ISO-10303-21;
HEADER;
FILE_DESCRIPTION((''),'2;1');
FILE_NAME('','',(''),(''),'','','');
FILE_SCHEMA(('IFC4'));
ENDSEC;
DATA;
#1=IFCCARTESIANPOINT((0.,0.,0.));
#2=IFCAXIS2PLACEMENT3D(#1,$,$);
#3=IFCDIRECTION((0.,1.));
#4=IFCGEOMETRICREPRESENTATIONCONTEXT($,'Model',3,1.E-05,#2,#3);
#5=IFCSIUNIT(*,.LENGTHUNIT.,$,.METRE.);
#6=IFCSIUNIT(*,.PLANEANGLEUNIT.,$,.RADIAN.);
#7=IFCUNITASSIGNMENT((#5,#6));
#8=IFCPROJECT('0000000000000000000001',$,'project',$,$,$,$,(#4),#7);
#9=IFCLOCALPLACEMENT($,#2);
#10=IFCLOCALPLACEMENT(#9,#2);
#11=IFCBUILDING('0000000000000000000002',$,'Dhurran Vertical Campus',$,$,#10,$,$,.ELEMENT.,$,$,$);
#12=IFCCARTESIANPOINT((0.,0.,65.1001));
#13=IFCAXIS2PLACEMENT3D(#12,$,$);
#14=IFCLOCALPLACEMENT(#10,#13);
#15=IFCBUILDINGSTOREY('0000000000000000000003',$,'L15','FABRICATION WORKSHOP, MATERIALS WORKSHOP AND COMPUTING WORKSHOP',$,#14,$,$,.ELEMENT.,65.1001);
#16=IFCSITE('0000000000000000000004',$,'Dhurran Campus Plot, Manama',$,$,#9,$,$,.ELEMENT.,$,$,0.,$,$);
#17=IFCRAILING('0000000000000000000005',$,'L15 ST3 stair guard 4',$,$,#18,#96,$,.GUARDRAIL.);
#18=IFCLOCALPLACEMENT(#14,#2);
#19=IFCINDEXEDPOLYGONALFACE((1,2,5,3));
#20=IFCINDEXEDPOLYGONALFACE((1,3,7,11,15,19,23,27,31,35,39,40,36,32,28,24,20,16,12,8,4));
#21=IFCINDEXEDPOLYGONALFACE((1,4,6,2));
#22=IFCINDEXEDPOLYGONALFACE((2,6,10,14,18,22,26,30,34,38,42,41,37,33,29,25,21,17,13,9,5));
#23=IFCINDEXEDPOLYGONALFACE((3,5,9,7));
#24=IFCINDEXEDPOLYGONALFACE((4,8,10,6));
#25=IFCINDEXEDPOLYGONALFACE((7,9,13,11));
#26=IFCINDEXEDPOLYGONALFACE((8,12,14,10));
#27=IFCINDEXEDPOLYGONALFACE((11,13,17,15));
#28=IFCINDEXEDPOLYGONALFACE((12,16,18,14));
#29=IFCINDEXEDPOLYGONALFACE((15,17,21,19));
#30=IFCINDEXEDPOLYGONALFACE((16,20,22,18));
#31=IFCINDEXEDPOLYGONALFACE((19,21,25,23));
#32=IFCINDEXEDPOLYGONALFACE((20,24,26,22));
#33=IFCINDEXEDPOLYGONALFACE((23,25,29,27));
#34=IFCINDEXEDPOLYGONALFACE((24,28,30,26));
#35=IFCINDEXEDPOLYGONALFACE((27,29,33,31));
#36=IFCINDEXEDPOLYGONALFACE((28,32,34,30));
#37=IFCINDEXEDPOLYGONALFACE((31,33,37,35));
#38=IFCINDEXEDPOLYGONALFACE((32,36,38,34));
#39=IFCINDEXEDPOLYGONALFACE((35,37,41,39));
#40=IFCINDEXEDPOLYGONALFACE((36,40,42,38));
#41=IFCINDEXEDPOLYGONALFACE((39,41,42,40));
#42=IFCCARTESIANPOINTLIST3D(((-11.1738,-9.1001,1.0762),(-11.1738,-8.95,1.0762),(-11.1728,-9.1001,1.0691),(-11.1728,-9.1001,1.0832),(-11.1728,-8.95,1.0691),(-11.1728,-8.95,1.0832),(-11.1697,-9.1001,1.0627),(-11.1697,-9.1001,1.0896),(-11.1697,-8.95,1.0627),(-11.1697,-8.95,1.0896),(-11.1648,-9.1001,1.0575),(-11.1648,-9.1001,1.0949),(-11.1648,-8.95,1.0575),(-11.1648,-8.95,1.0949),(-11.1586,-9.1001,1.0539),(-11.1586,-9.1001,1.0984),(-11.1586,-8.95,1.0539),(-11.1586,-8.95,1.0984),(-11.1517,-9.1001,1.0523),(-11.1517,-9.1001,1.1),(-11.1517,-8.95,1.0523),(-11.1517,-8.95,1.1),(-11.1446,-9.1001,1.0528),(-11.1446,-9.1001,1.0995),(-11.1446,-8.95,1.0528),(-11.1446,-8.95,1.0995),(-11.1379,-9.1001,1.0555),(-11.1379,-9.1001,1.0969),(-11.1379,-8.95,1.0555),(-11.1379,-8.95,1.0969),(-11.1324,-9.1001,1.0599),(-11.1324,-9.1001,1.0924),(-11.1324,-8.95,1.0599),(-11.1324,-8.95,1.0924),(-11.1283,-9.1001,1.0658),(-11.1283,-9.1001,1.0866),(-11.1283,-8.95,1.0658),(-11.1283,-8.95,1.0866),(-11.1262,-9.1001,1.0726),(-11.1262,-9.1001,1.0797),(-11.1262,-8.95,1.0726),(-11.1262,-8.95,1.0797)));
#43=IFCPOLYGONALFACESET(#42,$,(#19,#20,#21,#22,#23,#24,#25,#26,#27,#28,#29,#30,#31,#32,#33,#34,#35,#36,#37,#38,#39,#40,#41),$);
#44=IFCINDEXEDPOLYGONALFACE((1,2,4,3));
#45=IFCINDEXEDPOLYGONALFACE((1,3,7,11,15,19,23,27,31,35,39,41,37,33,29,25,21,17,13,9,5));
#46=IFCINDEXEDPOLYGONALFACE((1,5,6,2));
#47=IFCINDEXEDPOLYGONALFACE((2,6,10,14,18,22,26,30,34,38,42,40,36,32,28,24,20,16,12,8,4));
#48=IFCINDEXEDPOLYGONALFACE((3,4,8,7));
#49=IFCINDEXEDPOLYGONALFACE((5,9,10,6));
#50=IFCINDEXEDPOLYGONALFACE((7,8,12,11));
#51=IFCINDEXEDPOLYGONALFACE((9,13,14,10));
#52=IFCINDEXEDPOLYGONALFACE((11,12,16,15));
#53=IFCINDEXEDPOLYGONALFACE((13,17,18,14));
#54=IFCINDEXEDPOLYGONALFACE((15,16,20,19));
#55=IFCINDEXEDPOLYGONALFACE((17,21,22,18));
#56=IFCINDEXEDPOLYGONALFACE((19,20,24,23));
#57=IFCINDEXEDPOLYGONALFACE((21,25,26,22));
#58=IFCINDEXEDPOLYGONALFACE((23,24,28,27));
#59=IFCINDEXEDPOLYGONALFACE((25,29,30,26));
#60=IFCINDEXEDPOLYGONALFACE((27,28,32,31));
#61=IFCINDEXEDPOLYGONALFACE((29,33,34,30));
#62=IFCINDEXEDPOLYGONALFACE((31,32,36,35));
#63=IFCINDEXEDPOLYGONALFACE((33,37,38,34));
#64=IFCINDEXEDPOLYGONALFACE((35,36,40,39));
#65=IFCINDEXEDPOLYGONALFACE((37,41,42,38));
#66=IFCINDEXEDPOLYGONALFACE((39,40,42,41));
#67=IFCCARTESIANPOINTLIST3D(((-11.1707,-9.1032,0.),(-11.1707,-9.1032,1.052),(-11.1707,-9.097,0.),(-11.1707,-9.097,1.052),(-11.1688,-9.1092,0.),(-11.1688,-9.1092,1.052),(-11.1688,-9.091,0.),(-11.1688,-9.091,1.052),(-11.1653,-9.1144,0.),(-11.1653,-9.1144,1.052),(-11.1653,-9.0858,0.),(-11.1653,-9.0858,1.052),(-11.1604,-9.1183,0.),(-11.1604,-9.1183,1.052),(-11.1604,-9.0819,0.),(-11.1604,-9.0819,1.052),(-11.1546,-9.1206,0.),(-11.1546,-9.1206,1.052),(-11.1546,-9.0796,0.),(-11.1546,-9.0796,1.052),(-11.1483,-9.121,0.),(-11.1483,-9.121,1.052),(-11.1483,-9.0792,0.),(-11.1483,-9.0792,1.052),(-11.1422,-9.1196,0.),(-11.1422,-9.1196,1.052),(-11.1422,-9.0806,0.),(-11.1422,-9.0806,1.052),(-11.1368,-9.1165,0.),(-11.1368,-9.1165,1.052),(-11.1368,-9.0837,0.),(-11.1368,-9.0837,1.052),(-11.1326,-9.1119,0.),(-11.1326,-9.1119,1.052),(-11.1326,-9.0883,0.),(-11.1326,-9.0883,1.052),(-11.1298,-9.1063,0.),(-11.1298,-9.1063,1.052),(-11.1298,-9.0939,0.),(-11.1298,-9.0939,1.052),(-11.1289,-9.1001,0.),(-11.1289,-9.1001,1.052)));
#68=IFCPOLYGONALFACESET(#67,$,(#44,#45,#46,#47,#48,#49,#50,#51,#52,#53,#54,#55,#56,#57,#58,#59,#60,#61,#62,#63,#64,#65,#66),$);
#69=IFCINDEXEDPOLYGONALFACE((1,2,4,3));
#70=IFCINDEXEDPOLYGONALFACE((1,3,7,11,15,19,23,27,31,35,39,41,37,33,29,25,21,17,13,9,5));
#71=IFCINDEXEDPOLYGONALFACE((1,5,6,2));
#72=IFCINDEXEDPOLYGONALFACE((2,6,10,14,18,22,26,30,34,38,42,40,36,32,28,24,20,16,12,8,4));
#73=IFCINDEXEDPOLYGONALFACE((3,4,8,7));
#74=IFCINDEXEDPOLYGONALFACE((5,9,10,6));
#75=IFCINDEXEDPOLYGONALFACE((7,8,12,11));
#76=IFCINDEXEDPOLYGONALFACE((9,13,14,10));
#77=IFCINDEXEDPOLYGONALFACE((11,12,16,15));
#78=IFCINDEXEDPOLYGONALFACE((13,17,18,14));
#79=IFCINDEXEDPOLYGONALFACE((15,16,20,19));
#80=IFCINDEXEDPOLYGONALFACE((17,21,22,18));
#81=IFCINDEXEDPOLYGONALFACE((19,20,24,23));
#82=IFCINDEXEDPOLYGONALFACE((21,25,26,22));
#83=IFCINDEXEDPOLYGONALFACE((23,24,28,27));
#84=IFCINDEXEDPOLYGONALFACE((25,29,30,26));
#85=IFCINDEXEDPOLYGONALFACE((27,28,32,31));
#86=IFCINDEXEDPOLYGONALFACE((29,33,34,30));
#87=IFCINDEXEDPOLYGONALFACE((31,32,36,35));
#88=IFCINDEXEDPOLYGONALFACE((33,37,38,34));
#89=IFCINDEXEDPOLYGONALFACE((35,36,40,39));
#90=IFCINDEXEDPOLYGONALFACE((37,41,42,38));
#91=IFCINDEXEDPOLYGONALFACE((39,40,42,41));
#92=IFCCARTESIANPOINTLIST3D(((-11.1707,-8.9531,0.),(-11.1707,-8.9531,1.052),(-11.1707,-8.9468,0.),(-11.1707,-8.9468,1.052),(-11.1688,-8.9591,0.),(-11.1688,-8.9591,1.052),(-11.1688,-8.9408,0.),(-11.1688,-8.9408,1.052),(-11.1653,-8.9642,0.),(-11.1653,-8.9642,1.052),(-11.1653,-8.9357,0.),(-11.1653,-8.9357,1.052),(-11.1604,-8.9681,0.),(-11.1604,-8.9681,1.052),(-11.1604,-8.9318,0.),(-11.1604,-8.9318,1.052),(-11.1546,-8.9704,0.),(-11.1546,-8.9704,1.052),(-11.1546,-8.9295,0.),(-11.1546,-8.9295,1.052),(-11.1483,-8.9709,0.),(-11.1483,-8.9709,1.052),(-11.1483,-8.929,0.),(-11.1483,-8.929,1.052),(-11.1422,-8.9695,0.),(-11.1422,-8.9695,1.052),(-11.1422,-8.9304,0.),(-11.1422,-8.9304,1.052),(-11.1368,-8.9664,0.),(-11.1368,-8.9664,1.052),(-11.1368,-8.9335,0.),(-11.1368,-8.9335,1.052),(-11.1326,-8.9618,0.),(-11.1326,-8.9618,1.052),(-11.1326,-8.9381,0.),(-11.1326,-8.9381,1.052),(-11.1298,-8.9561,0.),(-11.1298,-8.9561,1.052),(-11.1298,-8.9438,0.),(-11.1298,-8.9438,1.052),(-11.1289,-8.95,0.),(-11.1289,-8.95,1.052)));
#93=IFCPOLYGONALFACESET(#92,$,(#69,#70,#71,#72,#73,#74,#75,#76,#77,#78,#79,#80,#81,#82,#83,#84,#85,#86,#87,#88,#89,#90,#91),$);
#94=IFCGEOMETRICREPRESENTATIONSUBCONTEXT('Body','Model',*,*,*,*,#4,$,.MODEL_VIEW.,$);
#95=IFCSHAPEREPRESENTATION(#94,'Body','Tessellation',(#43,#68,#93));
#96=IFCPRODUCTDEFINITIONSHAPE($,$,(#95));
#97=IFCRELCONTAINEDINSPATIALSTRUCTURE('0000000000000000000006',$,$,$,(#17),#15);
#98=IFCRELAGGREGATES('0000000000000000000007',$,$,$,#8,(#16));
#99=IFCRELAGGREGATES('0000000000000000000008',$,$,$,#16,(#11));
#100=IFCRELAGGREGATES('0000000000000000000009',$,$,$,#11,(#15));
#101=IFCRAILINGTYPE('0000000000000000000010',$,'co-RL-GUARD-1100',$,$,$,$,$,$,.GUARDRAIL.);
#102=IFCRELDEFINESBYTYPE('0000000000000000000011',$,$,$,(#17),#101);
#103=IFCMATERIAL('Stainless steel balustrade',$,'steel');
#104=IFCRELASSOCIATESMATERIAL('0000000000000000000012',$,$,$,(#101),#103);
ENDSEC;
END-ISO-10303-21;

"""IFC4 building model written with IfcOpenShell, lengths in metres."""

from ifc_helpers import new_model, si_unit, direction, frame, origin, origin_2d, place, context, subcontext, project, spatial, circle, extrude, material, type_object, element, save


model = new_model("IFC4")

# Units and contexts
model_context = context("Model", 3, precision=1e-05, world=origin(), true_north=direction((0.0, 1.0)))
body_context = subcontext(model_context, "Body", "Model", "MODEL_VIEW")
ifc_project = project(units=[si_unit("LENGTHUNIT", "METRE"), si_unit("PLANEANGLEUNIT", "RADIAN")], contexts=[model_context])

# Site, building, storey
site_placement = place(None, origin())
site = spatial("IfcSite", under=ifc_project, at=site_placement, Name="Dhurran Campus Plot, Manama", CompositionType="ELEMENT", RefElevation=0.0)
building_placement = place(site_placement, origin())
building = spatial("IfcBuilding", under=site, at=building_placement, Name="Dhurran Vertical Campus", CompositionType="ELEMENT")
storey_placement = place(building_placement, frame((0.0, 0.0, 65.1001)))
storey = spatial("IfcBuildingStorey", under=building, at=storey_placement, Name="L15", Description="FABRICATION WORKSHOP, MATERIALS WORKSHOP AND COMPUTING WORKSHOP", CompositionType="ELEMENT", Elevation=65.1001)

# Railing
ifc_material_1 = material(Name="Stainless steel balustrade", Category="steel")
railing_type_1 = type_object("IfcRailingType", Name="co-RL-GUARD-1100", PredefinedType="GUARDRAIL", material=ifc_material_1)
railing_1_placement = place(storey_placement, frame((-11.1499, -9.1001, 0.0)))
element("IfcRailing", 1, at=railing_1_placement, inside=storey, type_object=railing_type_1, Name="L15 ST3 stair guard 4", PredefinedType="GUARDRAIL", context=body_context, shape_type="SweptSolid", body=[
    extrude(circle(Radius=0.0239, at=origin_2d()), frame((0.0, 0.0, 1.0762), z_axis=(0.0, 1.0, 0.0), x_axis=(-1.0, 0.0, 0.0)), (0.0, 0.0, 1.0), 0.1501),
    extrude(circle(Radius=0.021, at=origin_2d()), origin(), (0.0, 0.0, 1.0), 1.052),
    extrude(circle(Radius=0.021, at=origin_2d()), frame((0.0, 0.1501, 0.0)), (0.0, 0.0, 1.0), 1.052),
])

save(model, "model.ifc")
